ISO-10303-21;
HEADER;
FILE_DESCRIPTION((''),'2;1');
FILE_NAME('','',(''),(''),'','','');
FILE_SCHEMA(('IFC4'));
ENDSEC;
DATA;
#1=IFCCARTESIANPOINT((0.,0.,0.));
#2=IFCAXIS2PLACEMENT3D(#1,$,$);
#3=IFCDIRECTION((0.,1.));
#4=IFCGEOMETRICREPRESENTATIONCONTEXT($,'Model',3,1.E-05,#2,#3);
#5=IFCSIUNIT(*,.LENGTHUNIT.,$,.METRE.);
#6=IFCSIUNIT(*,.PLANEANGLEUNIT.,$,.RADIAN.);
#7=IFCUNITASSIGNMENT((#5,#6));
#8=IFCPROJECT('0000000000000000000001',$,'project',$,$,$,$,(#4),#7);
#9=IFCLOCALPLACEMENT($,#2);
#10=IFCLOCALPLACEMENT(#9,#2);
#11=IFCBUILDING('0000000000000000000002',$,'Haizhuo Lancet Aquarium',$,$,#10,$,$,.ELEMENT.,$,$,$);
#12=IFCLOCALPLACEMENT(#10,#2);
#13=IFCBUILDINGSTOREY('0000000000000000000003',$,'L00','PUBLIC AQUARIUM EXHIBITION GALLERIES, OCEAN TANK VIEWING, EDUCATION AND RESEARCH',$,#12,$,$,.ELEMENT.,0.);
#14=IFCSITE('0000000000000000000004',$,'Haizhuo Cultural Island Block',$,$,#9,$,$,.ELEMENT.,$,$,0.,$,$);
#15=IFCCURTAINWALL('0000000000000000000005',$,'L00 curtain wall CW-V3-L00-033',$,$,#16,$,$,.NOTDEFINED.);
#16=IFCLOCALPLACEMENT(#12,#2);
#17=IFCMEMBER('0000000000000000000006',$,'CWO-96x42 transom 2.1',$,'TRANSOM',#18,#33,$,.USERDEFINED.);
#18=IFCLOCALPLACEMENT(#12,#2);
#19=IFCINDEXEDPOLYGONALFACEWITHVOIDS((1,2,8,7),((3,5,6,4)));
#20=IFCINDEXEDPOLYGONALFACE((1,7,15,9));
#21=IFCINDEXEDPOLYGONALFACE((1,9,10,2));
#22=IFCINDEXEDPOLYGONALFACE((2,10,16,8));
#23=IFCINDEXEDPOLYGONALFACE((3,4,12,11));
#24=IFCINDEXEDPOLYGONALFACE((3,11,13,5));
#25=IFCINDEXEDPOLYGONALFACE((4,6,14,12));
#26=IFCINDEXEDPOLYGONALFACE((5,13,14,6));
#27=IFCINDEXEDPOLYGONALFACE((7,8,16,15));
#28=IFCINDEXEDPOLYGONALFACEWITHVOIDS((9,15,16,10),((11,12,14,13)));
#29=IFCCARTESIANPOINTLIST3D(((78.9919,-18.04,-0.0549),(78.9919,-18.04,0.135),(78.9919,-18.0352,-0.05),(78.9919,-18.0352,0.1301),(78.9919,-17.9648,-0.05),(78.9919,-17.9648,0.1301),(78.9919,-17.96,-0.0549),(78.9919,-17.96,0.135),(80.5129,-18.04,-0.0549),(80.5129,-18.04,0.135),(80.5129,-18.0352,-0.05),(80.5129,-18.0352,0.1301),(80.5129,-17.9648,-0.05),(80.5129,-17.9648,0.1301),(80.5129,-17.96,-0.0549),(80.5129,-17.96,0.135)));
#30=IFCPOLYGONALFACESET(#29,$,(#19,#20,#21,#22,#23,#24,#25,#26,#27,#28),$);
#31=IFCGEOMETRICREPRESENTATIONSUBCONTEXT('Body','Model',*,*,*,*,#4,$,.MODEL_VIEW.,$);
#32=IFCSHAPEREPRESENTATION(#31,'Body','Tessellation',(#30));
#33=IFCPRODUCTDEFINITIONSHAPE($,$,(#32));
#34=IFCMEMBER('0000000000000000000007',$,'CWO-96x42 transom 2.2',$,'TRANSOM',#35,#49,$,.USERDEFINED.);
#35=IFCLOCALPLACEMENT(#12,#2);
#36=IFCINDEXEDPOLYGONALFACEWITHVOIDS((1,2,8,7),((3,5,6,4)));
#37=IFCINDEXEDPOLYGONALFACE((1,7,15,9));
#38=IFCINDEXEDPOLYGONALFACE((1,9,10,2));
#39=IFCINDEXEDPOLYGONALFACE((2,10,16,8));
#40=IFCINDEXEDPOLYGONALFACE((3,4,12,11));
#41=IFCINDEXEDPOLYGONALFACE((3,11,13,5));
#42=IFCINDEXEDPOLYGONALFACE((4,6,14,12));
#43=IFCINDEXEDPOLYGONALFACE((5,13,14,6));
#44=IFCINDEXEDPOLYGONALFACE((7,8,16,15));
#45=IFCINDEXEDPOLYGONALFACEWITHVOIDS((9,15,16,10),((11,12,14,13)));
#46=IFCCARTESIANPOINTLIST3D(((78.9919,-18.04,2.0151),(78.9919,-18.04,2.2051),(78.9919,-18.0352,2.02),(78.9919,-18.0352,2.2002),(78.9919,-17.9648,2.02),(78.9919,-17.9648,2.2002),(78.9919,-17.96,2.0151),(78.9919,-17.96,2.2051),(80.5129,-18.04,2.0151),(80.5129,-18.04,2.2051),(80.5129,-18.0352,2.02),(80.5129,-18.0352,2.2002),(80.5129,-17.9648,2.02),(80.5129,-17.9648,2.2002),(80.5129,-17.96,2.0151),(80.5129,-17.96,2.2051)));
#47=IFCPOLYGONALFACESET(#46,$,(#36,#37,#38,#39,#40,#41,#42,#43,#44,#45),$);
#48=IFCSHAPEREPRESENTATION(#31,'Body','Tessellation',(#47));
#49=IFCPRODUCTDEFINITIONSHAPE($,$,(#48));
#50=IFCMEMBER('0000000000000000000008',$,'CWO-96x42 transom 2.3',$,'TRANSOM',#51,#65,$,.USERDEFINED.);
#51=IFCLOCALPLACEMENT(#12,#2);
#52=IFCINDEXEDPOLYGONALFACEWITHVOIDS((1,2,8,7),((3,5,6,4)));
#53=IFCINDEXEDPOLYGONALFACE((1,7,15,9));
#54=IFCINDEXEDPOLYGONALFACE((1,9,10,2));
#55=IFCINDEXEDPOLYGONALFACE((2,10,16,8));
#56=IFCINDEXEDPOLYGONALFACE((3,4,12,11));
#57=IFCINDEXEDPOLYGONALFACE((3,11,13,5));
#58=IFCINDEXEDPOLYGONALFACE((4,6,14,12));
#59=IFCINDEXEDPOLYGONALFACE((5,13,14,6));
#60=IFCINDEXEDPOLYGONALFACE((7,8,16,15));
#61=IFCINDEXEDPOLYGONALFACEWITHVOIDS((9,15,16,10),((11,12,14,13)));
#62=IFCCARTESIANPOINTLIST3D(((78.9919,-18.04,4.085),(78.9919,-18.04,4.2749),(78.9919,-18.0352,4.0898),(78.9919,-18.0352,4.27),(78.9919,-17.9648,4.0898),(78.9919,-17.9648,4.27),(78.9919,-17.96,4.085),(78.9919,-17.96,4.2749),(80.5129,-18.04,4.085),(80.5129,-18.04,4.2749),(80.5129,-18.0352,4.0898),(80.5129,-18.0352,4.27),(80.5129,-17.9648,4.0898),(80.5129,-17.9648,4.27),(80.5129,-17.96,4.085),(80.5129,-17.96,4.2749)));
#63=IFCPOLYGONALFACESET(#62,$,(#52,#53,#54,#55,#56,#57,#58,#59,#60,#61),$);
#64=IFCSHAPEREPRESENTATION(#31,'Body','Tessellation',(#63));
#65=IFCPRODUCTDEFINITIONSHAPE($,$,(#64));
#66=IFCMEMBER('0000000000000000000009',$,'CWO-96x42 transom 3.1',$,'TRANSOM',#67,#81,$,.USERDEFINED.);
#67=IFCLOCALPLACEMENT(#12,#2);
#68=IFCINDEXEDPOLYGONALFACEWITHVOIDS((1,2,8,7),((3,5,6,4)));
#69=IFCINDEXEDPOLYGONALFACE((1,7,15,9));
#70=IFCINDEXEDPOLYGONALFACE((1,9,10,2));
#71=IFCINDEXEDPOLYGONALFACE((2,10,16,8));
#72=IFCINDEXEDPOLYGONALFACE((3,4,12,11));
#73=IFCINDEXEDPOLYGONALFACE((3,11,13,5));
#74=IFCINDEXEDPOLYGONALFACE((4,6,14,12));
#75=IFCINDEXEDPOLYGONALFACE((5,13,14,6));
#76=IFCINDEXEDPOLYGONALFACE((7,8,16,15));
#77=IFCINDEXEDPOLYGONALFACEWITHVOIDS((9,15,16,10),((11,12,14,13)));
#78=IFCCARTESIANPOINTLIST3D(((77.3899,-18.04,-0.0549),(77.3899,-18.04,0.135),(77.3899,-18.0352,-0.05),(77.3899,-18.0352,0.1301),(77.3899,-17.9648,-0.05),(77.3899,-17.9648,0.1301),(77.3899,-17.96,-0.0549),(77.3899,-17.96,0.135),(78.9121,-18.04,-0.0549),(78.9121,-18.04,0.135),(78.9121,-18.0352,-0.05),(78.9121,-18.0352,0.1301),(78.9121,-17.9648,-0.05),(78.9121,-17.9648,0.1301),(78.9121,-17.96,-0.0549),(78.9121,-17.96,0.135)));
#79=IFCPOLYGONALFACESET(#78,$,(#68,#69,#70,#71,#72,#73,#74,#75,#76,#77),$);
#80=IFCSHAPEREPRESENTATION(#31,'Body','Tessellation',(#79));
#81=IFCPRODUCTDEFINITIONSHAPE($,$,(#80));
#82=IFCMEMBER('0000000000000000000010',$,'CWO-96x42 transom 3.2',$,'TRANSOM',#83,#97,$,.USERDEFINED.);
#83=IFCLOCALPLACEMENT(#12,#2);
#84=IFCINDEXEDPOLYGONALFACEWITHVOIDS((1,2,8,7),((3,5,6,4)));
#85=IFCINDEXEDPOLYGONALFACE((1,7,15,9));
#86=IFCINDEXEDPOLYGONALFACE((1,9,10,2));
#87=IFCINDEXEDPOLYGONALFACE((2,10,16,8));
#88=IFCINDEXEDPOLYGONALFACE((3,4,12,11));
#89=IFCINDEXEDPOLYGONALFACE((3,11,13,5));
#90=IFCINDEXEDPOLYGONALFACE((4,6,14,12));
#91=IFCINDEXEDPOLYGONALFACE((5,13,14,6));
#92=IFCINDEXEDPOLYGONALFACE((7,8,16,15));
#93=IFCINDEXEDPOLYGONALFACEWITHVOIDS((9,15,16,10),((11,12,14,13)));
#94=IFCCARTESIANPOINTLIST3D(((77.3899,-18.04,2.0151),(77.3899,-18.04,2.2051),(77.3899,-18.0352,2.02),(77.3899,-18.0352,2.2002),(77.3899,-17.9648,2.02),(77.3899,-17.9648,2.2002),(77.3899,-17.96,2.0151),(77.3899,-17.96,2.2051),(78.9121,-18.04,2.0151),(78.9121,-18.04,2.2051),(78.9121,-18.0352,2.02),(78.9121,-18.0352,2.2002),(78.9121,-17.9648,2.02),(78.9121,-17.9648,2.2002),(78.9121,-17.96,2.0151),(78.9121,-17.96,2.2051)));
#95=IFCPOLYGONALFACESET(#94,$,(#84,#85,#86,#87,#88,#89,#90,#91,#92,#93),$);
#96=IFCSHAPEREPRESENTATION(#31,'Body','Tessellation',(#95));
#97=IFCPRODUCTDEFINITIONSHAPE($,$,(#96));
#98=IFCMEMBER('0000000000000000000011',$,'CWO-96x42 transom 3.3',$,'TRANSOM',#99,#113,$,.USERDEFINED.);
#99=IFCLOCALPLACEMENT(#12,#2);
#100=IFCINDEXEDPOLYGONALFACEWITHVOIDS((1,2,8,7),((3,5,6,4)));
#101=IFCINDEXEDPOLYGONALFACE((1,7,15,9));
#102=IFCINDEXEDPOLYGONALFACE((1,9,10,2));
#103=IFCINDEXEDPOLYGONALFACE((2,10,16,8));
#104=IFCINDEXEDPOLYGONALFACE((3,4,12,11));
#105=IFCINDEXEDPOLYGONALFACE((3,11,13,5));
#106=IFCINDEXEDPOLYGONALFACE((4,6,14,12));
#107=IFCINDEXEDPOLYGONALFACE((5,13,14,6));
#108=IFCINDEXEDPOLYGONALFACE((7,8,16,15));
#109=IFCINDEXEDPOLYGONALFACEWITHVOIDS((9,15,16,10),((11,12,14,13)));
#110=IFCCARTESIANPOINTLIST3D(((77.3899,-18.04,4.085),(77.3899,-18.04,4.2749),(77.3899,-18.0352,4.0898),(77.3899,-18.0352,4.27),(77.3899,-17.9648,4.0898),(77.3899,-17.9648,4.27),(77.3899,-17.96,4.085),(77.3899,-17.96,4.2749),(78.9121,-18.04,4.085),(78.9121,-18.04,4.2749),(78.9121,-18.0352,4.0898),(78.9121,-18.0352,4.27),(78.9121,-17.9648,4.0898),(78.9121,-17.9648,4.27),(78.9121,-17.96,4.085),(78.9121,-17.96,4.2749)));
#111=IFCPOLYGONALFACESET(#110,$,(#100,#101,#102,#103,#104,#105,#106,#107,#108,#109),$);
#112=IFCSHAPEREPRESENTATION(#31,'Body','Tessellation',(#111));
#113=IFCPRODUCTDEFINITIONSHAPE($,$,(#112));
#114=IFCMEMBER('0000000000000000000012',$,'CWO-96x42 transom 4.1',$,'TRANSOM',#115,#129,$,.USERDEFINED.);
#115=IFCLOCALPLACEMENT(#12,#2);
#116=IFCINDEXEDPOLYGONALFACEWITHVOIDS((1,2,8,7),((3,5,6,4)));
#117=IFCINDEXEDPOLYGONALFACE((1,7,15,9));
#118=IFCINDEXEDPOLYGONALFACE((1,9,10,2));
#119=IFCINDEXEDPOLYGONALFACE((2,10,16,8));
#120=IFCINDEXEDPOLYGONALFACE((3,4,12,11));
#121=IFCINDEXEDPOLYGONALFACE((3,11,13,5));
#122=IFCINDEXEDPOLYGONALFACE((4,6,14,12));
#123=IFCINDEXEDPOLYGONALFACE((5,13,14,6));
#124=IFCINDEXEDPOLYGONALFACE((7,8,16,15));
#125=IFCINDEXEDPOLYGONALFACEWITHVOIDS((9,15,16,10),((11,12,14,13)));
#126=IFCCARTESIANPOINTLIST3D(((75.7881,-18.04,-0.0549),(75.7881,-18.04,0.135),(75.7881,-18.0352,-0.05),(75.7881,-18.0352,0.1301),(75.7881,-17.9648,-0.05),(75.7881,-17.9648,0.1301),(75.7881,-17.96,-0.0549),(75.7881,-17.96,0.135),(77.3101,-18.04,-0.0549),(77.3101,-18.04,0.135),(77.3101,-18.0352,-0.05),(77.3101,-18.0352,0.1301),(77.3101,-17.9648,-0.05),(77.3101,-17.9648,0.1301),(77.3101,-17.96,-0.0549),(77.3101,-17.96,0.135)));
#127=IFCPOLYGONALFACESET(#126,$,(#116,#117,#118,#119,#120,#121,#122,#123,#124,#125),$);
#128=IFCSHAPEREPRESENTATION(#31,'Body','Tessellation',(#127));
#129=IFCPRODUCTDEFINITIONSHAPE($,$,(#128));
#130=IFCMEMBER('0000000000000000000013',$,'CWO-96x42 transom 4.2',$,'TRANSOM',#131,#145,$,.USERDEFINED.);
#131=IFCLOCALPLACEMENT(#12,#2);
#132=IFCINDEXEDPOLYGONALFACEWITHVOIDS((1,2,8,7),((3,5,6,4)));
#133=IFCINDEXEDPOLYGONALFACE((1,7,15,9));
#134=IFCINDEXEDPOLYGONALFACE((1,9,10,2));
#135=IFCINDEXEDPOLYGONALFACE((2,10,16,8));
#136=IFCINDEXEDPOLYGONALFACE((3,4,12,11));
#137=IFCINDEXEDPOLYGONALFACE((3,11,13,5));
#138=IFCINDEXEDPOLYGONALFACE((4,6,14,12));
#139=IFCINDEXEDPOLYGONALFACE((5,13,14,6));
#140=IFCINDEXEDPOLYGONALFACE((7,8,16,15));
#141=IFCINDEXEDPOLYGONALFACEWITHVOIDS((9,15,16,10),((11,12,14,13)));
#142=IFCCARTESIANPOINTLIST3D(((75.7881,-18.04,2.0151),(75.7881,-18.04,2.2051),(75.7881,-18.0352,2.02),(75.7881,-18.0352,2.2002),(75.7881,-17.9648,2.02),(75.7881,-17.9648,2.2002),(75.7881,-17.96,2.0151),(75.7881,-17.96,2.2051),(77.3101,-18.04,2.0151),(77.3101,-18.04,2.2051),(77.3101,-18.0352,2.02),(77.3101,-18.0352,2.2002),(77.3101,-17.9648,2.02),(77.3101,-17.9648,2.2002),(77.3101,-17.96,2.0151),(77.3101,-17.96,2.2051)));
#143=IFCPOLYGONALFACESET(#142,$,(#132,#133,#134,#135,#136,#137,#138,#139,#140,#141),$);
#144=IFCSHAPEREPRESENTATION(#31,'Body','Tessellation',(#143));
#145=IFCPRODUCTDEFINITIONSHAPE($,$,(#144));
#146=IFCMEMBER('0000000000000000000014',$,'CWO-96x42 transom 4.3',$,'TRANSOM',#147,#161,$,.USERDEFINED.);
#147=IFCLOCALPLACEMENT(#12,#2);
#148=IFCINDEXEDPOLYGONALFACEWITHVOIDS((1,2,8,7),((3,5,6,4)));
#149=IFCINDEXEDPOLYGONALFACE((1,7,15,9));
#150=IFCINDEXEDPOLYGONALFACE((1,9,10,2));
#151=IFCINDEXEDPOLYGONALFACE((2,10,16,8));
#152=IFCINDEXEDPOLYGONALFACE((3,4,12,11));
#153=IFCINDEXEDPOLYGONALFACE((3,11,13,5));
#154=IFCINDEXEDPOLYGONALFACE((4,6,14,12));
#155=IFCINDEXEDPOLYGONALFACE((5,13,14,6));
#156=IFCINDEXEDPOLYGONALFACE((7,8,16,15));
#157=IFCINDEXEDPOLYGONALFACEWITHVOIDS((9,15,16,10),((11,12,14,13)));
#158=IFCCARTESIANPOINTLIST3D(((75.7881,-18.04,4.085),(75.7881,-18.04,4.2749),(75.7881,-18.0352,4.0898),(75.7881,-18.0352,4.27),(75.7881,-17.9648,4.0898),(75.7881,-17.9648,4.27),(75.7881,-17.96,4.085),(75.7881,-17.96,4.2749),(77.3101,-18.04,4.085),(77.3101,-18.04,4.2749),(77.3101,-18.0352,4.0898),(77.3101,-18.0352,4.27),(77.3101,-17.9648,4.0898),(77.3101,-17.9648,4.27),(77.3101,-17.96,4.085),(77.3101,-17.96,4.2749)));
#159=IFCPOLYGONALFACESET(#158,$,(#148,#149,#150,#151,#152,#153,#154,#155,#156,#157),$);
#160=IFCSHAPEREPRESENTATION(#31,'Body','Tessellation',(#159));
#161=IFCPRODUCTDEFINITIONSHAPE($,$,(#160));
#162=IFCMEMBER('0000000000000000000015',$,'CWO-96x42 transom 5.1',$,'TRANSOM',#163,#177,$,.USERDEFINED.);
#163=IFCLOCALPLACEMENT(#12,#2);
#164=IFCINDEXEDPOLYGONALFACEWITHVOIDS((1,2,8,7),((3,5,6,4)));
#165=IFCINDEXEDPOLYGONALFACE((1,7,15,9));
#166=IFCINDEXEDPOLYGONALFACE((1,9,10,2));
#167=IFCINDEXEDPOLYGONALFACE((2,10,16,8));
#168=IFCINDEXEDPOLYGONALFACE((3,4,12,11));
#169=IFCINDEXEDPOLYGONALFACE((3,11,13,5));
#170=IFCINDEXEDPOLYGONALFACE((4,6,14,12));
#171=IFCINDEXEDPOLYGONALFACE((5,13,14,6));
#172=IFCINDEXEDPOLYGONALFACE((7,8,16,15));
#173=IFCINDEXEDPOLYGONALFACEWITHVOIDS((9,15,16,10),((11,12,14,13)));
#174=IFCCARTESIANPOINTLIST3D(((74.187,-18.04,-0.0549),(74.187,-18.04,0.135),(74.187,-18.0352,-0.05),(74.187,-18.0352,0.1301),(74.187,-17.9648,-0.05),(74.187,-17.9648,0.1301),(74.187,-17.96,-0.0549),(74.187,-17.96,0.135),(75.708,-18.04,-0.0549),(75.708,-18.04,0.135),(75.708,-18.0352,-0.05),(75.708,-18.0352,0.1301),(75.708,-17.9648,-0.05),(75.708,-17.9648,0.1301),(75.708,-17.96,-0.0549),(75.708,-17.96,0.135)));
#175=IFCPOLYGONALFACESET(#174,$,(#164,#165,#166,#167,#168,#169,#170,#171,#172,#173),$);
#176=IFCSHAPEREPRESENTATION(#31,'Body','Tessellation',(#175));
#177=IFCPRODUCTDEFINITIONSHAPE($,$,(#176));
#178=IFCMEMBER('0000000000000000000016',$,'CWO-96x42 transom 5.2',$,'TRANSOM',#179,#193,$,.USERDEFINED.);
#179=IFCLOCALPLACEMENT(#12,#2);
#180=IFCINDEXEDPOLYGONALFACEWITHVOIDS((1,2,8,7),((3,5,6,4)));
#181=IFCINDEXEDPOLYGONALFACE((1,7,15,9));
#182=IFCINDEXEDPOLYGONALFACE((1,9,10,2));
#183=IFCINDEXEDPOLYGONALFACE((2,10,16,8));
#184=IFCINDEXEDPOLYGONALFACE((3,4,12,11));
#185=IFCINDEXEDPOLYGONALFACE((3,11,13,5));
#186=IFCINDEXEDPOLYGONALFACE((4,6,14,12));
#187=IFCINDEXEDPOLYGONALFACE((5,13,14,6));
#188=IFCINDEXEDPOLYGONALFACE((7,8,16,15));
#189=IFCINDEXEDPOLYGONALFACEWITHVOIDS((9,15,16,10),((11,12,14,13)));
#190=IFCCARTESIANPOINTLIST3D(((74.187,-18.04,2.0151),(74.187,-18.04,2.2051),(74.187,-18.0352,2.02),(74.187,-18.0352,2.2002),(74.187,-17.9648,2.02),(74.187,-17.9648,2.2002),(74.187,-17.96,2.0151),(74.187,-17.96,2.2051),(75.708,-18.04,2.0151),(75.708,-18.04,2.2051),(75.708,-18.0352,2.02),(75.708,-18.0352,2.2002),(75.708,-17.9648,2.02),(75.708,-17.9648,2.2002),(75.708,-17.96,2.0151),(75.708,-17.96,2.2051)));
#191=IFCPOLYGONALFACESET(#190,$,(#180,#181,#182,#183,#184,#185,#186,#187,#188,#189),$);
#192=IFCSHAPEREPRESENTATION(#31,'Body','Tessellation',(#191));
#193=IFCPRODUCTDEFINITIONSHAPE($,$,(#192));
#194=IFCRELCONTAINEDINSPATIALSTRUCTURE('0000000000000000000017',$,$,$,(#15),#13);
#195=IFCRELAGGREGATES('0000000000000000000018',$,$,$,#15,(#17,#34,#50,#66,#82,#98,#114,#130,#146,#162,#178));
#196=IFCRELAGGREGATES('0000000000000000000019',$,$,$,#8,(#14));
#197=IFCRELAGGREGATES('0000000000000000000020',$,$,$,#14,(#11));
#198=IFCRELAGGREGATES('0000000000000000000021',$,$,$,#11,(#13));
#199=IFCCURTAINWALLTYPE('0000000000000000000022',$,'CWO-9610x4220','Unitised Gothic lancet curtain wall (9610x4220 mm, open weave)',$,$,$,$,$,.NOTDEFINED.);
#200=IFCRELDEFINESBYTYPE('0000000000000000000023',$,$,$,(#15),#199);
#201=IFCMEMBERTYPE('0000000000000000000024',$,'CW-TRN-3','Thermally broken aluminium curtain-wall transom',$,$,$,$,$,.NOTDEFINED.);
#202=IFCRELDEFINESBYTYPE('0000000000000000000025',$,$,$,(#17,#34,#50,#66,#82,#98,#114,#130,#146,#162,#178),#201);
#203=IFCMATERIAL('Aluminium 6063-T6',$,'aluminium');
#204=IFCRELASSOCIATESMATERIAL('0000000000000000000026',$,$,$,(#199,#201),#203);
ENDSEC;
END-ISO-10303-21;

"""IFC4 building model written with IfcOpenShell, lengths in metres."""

from ifc_helpers import new_model, si_unit, direction, frame, origin, origin_2d, place, context, subcontext, project, spatial, hollow_rectangle, extrude, material, material_profile, profile_set, type_object, element, aggregate, save


model = new_model("IFC4")

# Units and contexts
model_context = context("Model", 3, precision=1e-05, world=origin(), true_north=direction((0.0, 1.0)))
body_context = subcontext(model_context, "Body", "Model", "MODEL_VIEW")
ifc_project = project(units=[si_unit("LENGTHUNIT", "METRE"), si_unit("PLANEANGLEUNIT", "RADIAN")], contexts=[model_context])

# Site, building, storey
site_placement = place(None, origin())
site = spatial("IfcSite", under=ifc_project, at=site_placement, Name="Haizhuo Cultural Island Block", CompositionType="ELEMENT", RefElevation=0.0)
building_placement = place(site_placement, origin())
building = spatial("IfcBuilding", under=site, at=building_placement, Name="Haizhuo Lancet Aquarium", CompositionType="ELEMENT")
storey_placement = place(building_placement, origin())
storey = spatial("IfcBuildingStorey", under=building, at=storey_placement, Name="L00", Description="PUBLIC AQUARIUM EXHIBITION GALLERIES, OCEAN TANK VIEWING, EDUCATION AND RESEARCH", CompositionType="ELEMENT", Elevation=0.0)

# Shared definitions
ifc_material_1 = material(Name="Aluminium 6063-T6", Category="aluminium")

# Curtain wall, members
curtain_wall_type_1 = type_object("IfcCurtainWallType", Name="CWO-9610x4220", Description="Unitised Gothic lancet curtain wall (9610x4220 mm, open weave)", PredefinedType="NOTDEFINED", material=ifc_material_1)
curtain_wall_1_placement = place(storey_placement, origin())
curtain_wall_1 = element("IfcCurtainWall", 1, at=curtain_wall_1_placement, inside=storey, type_object=curtain_wall_type_1, Name="L00 curtain wall CW-V3-L00-033", PredefinedType="NOTDEFINED")
ifc_material_profile_1 = material_profile(ifc_material_1, hollow_rectangle(XDim=0.0801, YDim=0.1899, WallThickness=0.0049, at=origin_2d()), Name="ALU-T 80x190x5")
ifc_profile_set_1 = profile_set([ifc_material_profile_1], Name="Aluminium 6063-T6")
member_type_1 = type_object("IfcMemberType", Name="CW-TRN-3", Description="Thermally broken aluminium curtain-wall transom", PredefinedType="NOTDEFINED", material=ifc_profile_set_1)
member_1_placement = place(storey_placement, frame((80.5129, -18.0, 0.04), z_axis=(-1.0, 0.0, 0.0), x_axis=(0.0, -1.0, 0.0)))
member_1 = element("IfcMember", 2, at=member_1_placement, type_object=member_type_1, Name="CWO-96x42 transom 2.1", ObjectType="TRANSOM", PredefinedType="USERDEFINED", context=body_context, shape_type="SweptSolid", body=[
    extrude(hollow_rectangle(XDim=0.0801, YDim=0.1899, WallThickness=0.0049, at=origin_2d()), origin(), (0.0, 0.0, 1.0), 1.521),
])
member_2_placement = place(storey_placement, frame((80.5129, -18.0, 2.1101), z_axis=(-1.0, 0.0, 0.0), x_axis=(0.0, -1.0, 0.0)))
member_2 = element("IfcMember", 3, at=member_2_placement, type_object=member_type_1, Name="CWO-96x42 transom 2.2", ObjectType="TRANSOM", PredefinedType="USERDEFINED", context=body_context, shape_type="SweptSolid", body=[
    extrude(hollow_rectangle(XDim=0.0801, YDim=0.1899, WallThickness=0.0049, at=origin_2d()), origin(), (0.0, 0.0, 1.0), 1.521),
])
member_3_placement = place(storey_placement, frame((80.5129, -18.0, 4.1799), z_axis=(-1.0, 0.0, 0.0), x_axis=(0.0, -1.0, 0.0)))
member_3 = element("IfcMember", 4, at=member_3_placement, type_object=member_type_1, Name="CWO-96x42 transom 2.3", ObjectType="TRANSOM", PredefinedType="USERDEFINED", context=body_context, shape_type="SweptSolid", body=[
    extrude(hollow_rectangle(XDim=0.0801, YDim=0.1899, WallThickness=0.0049, at=origin_2d()), origin(), (0.0, 0.0, 1.0), 1.521),
])
member_4_placement = place(storey_placement, frame((78.9121, -18.0, 0.04), z_axis=(-1.0, 0.0, 0.0), x_axis=(0.0, -1.0, 0.0)))
member_4 = element("IfcMember", 5, at=member_4_placement, type_object=member_type_1, Name="CWO-96x42 transom 3.1", ObjectType="TRANSOM", PredefinedType="USERDEFINED", context=body_context, shape_type="SweptSolid", body=[
    extrude(hollow_rectangle(XDim=0.0801, YDim=0.1899, WallThickness=0.0049, at=origin_2d()), origin(), (0.0, 0.0, 1.0), 1.5222),
])
member_5_placement = place(storey_placement, frame((78.9121, -18.0, 2.1101), z_axis=(-1.0, 0.0, 0.0), x_axis=(0.0, -1.0, 0.0)))
member_5 = element("IfcMember", 6, at=member_5_placement, type_object=member_type_1, Name="CWO-96x42 transom 3.2", ObjectType="TRANSOM", PredefinedType="USERDEFINED", context=body_context, shape_type="SweptSolid", body=[
    extrude(hollow_rectangle(XDim=0.0801, YDim=0.1899, WallThickness=0.0049, at=origin_2d()), origin(), (0.0, 0.0, 1.0), 1.5222),
])
member_6_placement = place(storey_placement, frame((78.9121, -18.0, 4.1799), z_axis=(-1.0, 0.0, 0.0), x_axis=(0.0, -1.0, 0.0)))
member_6 = element("IfcMember", 7, at=member_6_placement, type_object=member_type_1, Name="CWO-96x42 transom 3.3", ObjectType="TRANSOM", PredefinedType="USERDEFINED", context=body_context, shape_type="SweptSolid", body=[
    extrude(hollow_rectangle(XDim=0.0801, YDim=0.1899, WallThickness=0.0049, at=origin_2d()), origin(), (0.0, 0.0, 1.0), 1.5222),
])
member_7_placement = place(storey_placement, frame((77.3101, -18.0, 0.04), z_axis=(-1.0, 0.0, 0.0), x_axis=(0.0, -1.0, 0.0)))
member_7 = element("IfcMember", 8, at=member_7_placement, type_object=member_type_1, Name="CWO-96x42 transom 4.1", ObjectType="TRANSOM", PredefinedType="USERDEFINED", context=body_context, shape_type="SweptSolid", body=[
    extrude(hollow_rectangle(XDim=0.0801, YDim=0.1899, WallThickness=0.0049, at=origin_2d()), origin(), (0.0, 0.0, 1.0), 1.522),
])
member_8_placement = place(storey_placement, frame((77.3101, -18.0, 2.1101), z_axis=(-1.0, 0.0, 0.0), x_axis=(0.0, -1.0, 0.0)))
member_8 = element("IfcMember", 9, at=member_8_placement, type_object=member_type_1, Name="CWO-96x42 transom 4.2", ObjectType="TRANSOM", PredefinedType="USERDEFINED", context=body_context, shape_type="SweptSolid", body=[
    extrude(hollow_rectangle(XDim=0.0801, YDim=0.1899, WallThickness=0.0049, at=origin_2d()), origin(), (0.0, 0.0, 1.0), 1.522),
])
member_9_placement = place(storey_placement, frame((77.3101, -18.0, 4.1799), z_axis=(-1.0, 0.0, 0.0), x_axis=(0.0, -1.0, 0.0)))
member_9 = element("IfcMember", 10, at=member_9_placement, type_object=member_type_1, Name="CWO-96x42 transom 4.3", ObjectType="TRANSOM", PredefinedType="USERDEFINED", context=body_context, shape_type="SweptSolid", body=[
    extrude(hollow_rectangle(XDim=0.0801, YDim=0.1899, WallThickness=0.0049, at=origin_2d()), origin(), (0.0, 0.0, 1.0), 1.522),
])
member_10_placement = place(storey_placement, frame((75.708, -18.0, 0.04), z_axis=(-1.0, 0.0, 0.0), x_axis=(0.0, -1.0, 0.0)))
member_10 = element("IfcMember", 11, at=member_10_placement, type_object=member_type_1, Name="CWO-96x42 transom 5.1", ObjectType="TRANSOM", PredefinedType="USERDEFINED", context=body_context, shape_type="SweptSolid", body=[
    extrude(hollow_rectangle(XDim=0.0801, YDim=0.1899, WallThickness=0.0049, at=origin_2d()), origin(), (0.0, 0.0, 1.0), 1.521),
])
member_11_placement = place(storey_placement, frame((75.708, -18.0, 2.1101), z_axis=(-1.0, 0.0, 0.0), x_axis=(0.0, -1.0, 0.0)))
member_11 = element("IfcMember", 12, at=member_11_placement, type_object=member_type_1, Name="CWO-96x42 transom 5.2", ObjectType="TRANSOM", PredefinedType="USERDEFINED", context=body_context, shape_type="SweptSolid", body=[
    extrude(hollow_rectangle(XDim=0.0801, YDim=0.1899, WallThickness=0.0049, at=origin_2d()), origin(), (0.0, 0.0, 1.0), 1.521),
])
aggregate(curtain_wall_1, [member_1, member_2, member_3, member_4, member_5, member_6, member_7, member_8, member_9, member_10, member_11])

save(model, "model.ifc")
